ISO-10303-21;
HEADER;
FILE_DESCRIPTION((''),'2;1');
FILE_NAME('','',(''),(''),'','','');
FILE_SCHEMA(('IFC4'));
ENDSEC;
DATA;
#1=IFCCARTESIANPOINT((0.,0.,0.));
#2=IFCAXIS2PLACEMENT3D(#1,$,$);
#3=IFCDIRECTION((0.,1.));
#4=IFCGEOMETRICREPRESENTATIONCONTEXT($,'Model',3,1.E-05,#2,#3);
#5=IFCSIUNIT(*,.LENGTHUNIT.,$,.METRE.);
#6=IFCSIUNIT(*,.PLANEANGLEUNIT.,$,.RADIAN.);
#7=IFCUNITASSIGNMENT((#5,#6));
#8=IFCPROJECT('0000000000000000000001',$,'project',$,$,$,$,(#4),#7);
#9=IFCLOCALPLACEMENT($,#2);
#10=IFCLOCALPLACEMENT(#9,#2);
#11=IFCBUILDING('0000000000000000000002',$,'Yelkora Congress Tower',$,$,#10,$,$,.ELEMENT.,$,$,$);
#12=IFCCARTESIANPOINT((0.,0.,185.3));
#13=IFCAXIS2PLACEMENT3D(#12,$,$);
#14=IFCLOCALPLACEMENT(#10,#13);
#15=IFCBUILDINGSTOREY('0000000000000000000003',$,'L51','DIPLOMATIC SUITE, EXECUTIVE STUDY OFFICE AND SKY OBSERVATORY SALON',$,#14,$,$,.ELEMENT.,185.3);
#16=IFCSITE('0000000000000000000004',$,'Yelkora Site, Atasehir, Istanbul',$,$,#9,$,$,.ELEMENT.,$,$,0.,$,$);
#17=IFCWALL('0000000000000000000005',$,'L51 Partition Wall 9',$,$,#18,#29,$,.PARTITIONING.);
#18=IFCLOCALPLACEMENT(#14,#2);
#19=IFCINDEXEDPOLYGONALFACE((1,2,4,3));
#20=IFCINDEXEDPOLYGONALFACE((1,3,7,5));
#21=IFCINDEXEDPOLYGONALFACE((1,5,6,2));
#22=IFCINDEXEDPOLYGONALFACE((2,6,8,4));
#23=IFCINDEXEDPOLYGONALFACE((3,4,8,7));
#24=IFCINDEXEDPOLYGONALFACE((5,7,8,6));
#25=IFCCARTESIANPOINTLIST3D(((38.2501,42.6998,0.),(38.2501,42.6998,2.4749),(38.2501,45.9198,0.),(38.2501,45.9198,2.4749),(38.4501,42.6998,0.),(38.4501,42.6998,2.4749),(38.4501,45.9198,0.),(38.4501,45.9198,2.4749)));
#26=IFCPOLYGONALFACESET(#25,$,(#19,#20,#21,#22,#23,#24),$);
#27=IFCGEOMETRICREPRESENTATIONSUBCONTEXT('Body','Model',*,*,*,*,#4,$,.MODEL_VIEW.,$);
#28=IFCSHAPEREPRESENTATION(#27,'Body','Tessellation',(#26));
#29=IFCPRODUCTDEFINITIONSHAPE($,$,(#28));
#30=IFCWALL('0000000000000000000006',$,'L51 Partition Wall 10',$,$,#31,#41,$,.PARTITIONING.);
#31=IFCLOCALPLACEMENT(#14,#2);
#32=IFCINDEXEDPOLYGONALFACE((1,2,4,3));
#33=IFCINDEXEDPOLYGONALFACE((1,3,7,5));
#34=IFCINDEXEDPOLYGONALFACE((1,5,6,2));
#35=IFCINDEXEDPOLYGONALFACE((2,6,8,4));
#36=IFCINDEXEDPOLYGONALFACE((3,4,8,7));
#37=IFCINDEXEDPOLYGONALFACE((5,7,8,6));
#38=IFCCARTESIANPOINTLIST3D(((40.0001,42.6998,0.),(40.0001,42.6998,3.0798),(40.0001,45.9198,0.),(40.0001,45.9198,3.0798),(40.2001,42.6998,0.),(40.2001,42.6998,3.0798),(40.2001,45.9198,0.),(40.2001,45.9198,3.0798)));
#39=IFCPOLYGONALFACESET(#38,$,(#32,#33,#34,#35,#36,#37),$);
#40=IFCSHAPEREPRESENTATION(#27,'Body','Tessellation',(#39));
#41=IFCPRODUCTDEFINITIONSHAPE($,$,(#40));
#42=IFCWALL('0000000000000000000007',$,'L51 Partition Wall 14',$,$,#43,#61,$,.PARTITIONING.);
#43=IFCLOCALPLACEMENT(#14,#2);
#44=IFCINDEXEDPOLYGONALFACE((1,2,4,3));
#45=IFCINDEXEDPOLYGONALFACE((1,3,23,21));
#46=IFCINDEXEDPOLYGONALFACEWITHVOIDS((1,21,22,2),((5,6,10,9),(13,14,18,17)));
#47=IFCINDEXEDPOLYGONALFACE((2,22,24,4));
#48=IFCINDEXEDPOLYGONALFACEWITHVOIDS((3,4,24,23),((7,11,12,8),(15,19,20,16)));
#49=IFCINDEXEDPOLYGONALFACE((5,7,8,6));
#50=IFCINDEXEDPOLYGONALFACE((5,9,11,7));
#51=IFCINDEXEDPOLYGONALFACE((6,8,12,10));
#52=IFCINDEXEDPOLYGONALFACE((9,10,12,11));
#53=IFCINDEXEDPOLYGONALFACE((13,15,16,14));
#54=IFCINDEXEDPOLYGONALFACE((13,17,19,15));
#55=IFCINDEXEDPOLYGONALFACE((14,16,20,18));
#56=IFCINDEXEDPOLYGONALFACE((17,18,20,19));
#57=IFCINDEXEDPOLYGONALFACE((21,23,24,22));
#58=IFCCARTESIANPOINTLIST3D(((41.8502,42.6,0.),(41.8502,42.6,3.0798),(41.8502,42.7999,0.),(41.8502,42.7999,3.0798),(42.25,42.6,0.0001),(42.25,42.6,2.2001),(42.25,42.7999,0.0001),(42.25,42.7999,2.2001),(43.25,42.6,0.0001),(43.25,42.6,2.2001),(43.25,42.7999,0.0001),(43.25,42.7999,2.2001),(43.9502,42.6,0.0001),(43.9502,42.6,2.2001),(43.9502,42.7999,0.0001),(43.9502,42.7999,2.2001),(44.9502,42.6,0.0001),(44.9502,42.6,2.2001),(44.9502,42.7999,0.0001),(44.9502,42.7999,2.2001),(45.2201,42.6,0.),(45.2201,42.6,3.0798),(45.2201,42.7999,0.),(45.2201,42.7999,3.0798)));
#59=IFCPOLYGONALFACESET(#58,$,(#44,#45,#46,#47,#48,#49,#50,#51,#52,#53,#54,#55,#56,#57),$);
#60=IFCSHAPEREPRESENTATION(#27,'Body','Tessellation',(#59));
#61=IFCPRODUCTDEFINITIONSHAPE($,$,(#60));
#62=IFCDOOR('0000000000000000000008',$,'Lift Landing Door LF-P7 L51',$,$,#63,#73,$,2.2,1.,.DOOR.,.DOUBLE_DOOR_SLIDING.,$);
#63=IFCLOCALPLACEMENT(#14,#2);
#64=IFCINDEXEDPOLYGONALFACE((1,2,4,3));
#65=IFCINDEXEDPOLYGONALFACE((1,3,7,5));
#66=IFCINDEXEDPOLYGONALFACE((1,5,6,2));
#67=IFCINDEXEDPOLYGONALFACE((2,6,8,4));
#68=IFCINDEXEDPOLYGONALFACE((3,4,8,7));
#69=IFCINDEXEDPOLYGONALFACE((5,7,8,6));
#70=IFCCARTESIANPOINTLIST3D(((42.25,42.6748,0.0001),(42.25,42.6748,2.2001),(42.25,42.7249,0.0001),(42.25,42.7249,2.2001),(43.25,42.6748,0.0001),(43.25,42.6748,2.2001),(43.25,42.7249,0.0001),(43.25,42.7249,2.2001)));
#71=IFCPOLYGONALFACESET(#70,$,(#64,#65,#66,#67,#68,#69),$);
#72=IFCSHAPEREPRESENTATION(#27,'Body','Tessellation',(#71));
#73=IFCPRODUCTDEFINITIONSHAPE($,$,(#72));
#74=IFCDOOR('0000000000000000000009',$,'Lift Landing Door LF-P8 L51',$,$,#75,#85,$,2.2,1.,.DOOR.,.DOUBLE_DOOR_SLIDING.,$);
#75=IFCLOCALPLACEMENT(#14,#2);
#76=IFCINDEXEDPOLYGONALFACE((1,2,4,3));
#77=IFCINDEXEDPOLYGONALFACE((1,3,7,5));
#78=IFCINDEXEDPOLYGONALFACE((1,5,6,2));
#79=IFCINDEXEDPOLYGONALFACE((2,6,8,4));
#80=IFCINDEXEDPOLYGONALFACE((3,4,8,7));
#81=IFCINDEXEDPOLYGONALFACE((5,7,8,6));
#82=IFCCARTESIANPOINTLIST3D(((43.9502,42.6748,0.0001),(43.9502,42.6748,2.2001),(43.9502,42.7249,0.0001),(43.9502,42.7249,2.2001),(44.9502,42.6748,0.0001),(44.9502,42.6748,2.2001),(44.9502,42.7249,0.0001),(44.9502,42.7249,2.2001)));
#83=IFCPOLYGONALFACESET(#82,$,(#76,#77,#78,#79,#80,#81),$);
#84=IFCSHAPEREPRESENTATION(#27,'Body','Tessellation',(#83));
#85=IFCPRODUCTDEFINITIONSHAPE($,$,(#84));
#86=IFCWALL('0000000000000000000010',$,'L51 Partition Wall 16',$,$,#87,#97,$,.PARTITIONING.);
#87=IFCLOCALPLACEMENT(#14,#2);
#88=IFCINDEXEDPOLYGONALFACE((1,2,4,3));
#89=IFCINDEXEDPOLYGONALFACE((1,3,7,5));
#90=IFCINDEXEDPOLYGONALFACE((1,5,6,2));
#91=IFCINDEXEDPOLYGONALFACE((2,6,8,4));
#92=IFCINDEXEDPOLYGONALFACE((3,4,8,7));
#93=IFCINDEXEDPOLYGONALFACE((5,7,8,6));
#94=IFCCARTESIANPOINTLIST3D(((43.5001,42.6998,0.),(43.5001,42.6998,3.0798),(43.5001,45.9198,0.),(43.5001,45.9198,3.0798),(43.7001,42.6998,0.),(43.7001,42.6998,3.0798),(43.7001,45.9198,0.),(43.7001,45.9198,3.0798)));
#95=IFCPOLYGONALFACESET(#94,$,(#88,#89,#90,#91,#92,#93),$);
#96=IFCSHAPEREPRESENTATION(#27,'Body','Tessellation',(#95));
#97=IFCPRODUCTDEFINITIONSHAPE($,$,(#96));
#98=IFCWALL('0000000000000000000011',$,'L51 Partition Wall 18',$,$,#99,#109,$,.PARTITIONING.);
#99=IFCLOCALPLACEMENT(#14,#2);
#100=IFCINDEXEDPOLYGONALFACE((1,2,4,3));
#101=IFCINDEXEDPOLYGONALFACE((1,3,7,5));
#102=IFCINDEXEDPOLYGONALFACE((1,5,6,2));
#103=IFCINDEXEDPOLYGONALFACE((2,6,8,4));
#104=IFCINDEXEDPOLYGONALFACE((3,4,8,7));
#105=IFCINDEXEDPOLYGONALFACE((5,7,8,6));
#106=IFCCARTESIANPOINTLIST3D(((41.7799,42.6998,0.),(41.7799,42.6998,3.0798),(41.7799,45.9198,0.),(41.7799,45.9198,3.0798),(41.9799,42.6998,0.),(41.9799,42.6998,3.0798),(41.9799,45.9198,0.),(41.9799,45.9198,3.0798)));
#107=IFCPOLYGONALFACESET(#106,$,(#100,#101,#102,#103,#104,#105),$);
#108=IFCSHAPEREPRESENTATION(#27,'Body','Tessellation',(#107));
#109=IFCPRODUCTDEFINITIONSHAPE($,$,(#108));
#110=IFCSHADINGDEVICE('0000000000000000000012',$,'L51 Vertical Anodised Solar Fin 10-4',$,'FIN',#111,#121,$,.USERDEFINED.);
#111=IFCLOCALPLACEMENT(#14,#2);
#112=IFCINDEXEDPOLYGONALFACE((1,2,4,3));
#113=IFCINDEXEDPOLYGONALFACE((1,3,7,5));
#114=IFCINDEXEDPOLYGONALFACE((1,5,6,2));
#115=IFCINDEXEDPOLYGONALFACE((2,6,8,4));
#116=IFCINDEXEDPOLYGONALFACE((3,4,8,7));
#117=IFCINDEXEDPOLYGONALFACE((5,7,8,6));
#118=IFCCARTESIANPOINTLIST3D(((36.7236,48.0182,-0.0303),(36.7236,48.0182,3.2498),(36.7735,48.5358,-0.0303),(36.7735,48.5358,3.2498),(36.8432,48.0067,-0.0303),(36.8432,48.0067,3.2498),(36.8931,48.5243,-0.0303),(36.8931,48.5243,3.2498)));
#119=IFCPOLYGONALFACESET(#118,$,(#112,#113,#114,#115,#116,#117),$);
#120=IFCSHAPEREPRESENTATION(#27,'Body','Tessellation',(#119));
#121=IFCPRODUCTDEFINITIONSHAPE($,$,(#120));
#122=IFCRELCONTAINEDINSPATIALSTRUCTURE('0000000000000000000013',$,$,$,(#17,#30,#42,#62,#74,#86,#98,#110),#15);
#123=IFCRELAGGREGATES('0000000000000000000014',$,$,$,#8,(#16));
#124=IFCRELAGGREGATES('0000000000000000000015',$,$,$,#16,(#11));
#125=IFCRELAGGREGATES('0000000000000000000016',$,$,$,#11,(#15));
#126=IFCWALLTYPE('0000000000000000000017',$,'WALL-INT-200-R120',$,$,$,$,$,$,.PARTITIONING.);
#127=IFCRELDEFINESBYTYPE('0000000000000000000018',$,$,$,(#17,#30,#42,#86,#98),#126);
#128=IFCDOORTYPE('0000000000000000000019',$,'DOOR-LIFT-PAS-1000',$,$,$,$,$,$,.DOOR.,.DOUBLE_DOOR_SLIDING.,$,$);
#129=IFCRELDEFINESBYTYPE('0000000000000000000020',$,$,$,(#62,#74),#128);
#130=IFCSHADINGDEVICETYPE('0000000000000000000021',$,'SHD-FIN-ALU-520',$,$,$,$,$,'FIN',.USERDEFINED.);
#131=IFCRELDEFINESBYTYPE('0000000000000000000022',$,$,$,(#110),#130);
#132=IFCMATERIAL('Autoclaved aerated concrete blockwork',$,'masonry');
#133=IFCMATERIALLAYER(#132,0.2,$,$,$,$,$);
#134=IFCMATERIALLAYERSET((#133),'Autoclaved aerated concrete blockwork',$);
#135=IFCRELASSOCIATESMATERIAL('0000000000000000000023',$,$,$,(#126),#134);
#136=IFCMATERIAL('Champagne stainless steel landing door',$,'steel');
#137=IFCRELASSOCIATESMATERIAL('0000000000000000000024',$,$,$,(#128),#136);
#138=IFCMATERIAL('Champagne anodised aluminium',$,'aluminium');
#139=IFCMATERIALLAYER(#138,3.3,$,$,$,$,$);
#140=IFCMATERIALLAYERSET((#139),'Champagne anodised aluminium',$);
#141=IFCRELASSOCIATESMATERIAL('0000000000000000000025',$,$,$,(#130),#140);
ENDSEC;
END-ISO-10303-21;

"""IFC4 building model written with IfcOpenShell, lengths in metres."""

from ifc_helpers import new_model, si_unit, direction, frame, frame_2d, origin, origin_2d, place, context, subcontext, project, spatial, rectangle, extrude, material, layer, layer_set, type_object, element, fill, save


model = new_model("IFC4")

# Units and contexts
model_context = context("Model", 3, precision=1e-05, world=origin(), true_north=direction((0.0, 1.0)))
body_context = subcontext(model_context, "Body", "Model", "MODEL_VIEW")
ifc_project = project(units=[si_unit("LENGTHUNIT", "METRE"), si_unit("PLANEANGLEUNIT", "RADIAN")], contexts=[model_context])

# Site, building, storey
site_placement = place(None, origin())
site = spatial("IfcSite", under=ifc_project, at=site_placement, Name="Yelkora Site, Atasehir, Istanbul", CompositionType="ELEMENT", RefElevation=0.0)
building_placement = place(site_placement, origin())
building = spatial("IfcBuilding", under=site, at=building_placement, Name="Yelkora Congress Tower", CompositionType="ELEMENT")
storey_placement = place(building_placement, frame((0.0, 0.0, 185.3)))
storey = spatial("IfcBuildingStorey", under=building, at=storey_placement, Name="L51", Description="DIPLOMATIC SUITE, EXECUTIVE STUDY OFFICE AND SKY OBSERVATORY SALON", CompositionType="ELEMENT", Elevation=185.3)

# Walls
ifc_material_1 = material(Name="Autoclaved aerated concrete blockwork", Category="masonry")
ifc_layer_1 = layer(ifc_material_1, 0.2)
ifc_layer_set_1 = layer_set([ifc_layer_1], Name="Autoclaved aerated concrete blockwork")
wall_type = type_object("IfcWallType", Name="WALL-INT-200-R120", PredefinedType="PARTITIONING", material=ifc_layer_set_1)
wall_1_placement = place(storey_placement, frame((38.3501, 42.7, 0.0), z_axis=(0.0, 0.0, 1.0), x_axis=(0.0, 1.0, 0.0)))
element("IfcWall", 1, at=wall_1_placement, inside=storey, type_object=wall_type, Name="L51 Partition Wall 9", PredefinedType="PARTITIONING", context=body_context, shape_type="SweptSolid", body=[
    extrude(rectangle(XDim=3.22, YDim=0.2, at=frame_2d((1.6099, 0.0))), origin(), (0.0, 0.0, 1.0), 2.4749),
])
wall_2_placement = place(storey_placement, frame((40.1001, 42.7, 0.0), z_axis=(0.0, 0.0, 1.0), x_axis=(0.0, 1.0, 0.0)))
element("IfcWall", 2, at=wall_2_placement, inside=storey, type_object=wall_type, Name="L51 Partition Wall 10", PredefinedType="PARTITIONING", context=body_context, shape_type="SweptSolid", body=[
    extrude(rectangle(XDim=3.22, YDim=0.2, at=frame_2d((1.6099, 0.0))), origin(), (0.0, 0.0, 1.0), 3.0798),
])

# Wall, openings, doors
wall_3_placement = place(storey_placement, frame((41.8501, 42.7, 0.0), z_axis=(0.0, 0.0, 1.0), x_axis=(1.0, 0.0, 0.0)))
wall_3 = element("IfcWall", 3, at=wall_3_placement, inside=storey, type_object=wall_type, Name="L51 Partition Wall 14", PredefinedType="PARTITIONING", context=body_context, shape_type="SweptSolid", body=[
    extrude(rectangle(XDim=3.3699, YDim=0.2, at=frame_2d((1.6851, 0.0))), origin(), (0.0, 0.0, 1.0), 3.0798),
])
opening_1_placement = place(wall_3_placement, frame((0.3999, 0.0, 0.0)))
opening_1 = element("IfcOpeningElement", 4, at=opening_1_placement, cuts=wall_3, PredefinedType="OPENING", context=body_context, shape_type="SweptSolid", body=[
    extrude(rectangle(XDim=1.0, YDim=2.2, at=frame_2d((0.5, 1.1001))), frame((0.0, 0.1099, 0.0), z_axis=(0.0, -1.0, 0.0), x_axis=(1.0, 0.0, 0.0)), (0.0, 0.0, 1.0), 0.22),
])
opening_2_placement = place(wall_3_placement, frame((2.1001, 0.0, 0.0)))
opening_2 = element("IfcOpeningElement", 5, at=opening_2_placement, cuts=wall_3, PredefinedType="OPENING", context=body_context, shape_type="SweptSolid", body=[
    extrude(rectangle(XDim=1.0, YDim=2.2, at=frame_2d((0.5, 1.1001))), frame((0.0, 0.1099, 0.0), z_axis=(0.0, -1.0, 0.0), x_axis=(1.0, 0.0, 0.0)), (0.0, 0.0, 1.0), 0.22),
])
ifc_material_2 = material(Name="Champagne stainless steel landing door", Category="steel")
door_type = type_object("IfcDoorType", Name="DOOR-LIFT-PAS-1000", OperationType="DOUBLE_DOOR_SLIDING", PredefinedType="DOOR", material=ifc_material_2)
door_1_placement = place(opening_1_placement, origin())
door_1 = element("IfcDoor", 6, at=door_1_placement, inside=storey, type_object=door_type, Name="Lift Landing Door LF-P7 L51", OperationType="DOUBLE_DOOR_SLIDING", OverallHeight=2.2, OverallWidth=1.0, PredefinedType="DOOR", context=body_context, shape_type="SweptSolid", body=[
    extrude(rectangle(XDim=1.0, YDim=2.2, at=frame_2d((0.5, 1.1001))), frame((0.0, 0.0249, 0.0), z_axis=(0.0, -1.0, 0.0), x_axis=(1.0, 0.0, 0.0)), (0.0, 0.0, 1.0), 0.05),
])
fill(opening_1, door_1)
door_2_placement = place(opening_2_placement, origin())
door_2 = element("IfcDoor", 7, at=door_2_placement, inside=storey, type_object=door_type, Name="Lift Landing Door LF-P8 L51", OperationType="DOUBLE_DOOR_SLIDING", OverallHeight=2.2, OverallWidth=1.0, PredefinedType="DOOR", context=body_context, shape_type="SweptSolid", body=[
    extrude(rectangle(XDim=1.0, YDim=2.2, at=frame_2d((0.5, 1.1001))), frame((0.0, 0.0249, 0.0), z_axis=(0.0, -1.0, 0.0), x_axis=(1.0, 0.0, 0.0)), (0.0, 0.0, 1.0), 0.05),
])
fill(opening_2, door_2)

# Walls
for number, where, z_axis, x_axis, name in (
    (8, (43.6001, 42.7, 0.0), (0.0, 0.0, 1.0), (0.0, 1.0, 0.0), "L51 Partition Wall 16"),
    (9, (41.8799, 42.7, 0.0), (0.0, 0.0, 1.0), (0.0, 1.0, 0.0), "L51 Partition Wall 18"),
):
    element("IfcWall", number, at=place(storey_placement, frame(where, z_axis=z_axis, x_axis=x_axis)), inside=storey, type_object=wall_type, Name=name, PredefinedType="PARTITIONING", context=body_context, shape_type="SweptSolid", body=[
        extrude(rectangle(XDim=3.22, YDim=0.2, at=frame_2d((1.6099, 0.0))), origin(), (0.0, 0.0, 1.0), 3.0798),
    ])

# Shading device
ifc_material_3 = material(Name="Champagne anodised aluminium", Category="aluminium")
ifc_layer_2 = layer(ifc_material_3, 3.3)
ifc_layer_set_2 = layer_set([ifc_layer_2], Name="Champagne anodised aluminium")
shading_device_type = type_object("IfcShadingDeviceType", Name="SHD-FIN-ALU-520", ElementType="FIN", PredefinedType="USERDEFINED", material=ifc_layer_set_2)
shading_device_placement = place(storey_placement, frame((36.8083, 48.2712, -0.0303), z_axis=(0.0, 0.0, 1.0), x_axis=(0.995396, -0.095846, 0.0)))
element("IfcShadingDevice", 10, at=shading_device_placement, inside=storey, type_object=shading_device_type, Name="L51 Vertical Anodised Solar Fin 10-4", ObjectType="FIN", PredefinedType="USERDEFINED", context=body_context, shape_type="SweptSolid", body=[
    extrude(rectangle(XDim=0.1201, YDim=0.52, at=origin_2d()), origin(), (0.0, 0.0, 1.0), 3.28),
])

save(model, "model.ifc")
